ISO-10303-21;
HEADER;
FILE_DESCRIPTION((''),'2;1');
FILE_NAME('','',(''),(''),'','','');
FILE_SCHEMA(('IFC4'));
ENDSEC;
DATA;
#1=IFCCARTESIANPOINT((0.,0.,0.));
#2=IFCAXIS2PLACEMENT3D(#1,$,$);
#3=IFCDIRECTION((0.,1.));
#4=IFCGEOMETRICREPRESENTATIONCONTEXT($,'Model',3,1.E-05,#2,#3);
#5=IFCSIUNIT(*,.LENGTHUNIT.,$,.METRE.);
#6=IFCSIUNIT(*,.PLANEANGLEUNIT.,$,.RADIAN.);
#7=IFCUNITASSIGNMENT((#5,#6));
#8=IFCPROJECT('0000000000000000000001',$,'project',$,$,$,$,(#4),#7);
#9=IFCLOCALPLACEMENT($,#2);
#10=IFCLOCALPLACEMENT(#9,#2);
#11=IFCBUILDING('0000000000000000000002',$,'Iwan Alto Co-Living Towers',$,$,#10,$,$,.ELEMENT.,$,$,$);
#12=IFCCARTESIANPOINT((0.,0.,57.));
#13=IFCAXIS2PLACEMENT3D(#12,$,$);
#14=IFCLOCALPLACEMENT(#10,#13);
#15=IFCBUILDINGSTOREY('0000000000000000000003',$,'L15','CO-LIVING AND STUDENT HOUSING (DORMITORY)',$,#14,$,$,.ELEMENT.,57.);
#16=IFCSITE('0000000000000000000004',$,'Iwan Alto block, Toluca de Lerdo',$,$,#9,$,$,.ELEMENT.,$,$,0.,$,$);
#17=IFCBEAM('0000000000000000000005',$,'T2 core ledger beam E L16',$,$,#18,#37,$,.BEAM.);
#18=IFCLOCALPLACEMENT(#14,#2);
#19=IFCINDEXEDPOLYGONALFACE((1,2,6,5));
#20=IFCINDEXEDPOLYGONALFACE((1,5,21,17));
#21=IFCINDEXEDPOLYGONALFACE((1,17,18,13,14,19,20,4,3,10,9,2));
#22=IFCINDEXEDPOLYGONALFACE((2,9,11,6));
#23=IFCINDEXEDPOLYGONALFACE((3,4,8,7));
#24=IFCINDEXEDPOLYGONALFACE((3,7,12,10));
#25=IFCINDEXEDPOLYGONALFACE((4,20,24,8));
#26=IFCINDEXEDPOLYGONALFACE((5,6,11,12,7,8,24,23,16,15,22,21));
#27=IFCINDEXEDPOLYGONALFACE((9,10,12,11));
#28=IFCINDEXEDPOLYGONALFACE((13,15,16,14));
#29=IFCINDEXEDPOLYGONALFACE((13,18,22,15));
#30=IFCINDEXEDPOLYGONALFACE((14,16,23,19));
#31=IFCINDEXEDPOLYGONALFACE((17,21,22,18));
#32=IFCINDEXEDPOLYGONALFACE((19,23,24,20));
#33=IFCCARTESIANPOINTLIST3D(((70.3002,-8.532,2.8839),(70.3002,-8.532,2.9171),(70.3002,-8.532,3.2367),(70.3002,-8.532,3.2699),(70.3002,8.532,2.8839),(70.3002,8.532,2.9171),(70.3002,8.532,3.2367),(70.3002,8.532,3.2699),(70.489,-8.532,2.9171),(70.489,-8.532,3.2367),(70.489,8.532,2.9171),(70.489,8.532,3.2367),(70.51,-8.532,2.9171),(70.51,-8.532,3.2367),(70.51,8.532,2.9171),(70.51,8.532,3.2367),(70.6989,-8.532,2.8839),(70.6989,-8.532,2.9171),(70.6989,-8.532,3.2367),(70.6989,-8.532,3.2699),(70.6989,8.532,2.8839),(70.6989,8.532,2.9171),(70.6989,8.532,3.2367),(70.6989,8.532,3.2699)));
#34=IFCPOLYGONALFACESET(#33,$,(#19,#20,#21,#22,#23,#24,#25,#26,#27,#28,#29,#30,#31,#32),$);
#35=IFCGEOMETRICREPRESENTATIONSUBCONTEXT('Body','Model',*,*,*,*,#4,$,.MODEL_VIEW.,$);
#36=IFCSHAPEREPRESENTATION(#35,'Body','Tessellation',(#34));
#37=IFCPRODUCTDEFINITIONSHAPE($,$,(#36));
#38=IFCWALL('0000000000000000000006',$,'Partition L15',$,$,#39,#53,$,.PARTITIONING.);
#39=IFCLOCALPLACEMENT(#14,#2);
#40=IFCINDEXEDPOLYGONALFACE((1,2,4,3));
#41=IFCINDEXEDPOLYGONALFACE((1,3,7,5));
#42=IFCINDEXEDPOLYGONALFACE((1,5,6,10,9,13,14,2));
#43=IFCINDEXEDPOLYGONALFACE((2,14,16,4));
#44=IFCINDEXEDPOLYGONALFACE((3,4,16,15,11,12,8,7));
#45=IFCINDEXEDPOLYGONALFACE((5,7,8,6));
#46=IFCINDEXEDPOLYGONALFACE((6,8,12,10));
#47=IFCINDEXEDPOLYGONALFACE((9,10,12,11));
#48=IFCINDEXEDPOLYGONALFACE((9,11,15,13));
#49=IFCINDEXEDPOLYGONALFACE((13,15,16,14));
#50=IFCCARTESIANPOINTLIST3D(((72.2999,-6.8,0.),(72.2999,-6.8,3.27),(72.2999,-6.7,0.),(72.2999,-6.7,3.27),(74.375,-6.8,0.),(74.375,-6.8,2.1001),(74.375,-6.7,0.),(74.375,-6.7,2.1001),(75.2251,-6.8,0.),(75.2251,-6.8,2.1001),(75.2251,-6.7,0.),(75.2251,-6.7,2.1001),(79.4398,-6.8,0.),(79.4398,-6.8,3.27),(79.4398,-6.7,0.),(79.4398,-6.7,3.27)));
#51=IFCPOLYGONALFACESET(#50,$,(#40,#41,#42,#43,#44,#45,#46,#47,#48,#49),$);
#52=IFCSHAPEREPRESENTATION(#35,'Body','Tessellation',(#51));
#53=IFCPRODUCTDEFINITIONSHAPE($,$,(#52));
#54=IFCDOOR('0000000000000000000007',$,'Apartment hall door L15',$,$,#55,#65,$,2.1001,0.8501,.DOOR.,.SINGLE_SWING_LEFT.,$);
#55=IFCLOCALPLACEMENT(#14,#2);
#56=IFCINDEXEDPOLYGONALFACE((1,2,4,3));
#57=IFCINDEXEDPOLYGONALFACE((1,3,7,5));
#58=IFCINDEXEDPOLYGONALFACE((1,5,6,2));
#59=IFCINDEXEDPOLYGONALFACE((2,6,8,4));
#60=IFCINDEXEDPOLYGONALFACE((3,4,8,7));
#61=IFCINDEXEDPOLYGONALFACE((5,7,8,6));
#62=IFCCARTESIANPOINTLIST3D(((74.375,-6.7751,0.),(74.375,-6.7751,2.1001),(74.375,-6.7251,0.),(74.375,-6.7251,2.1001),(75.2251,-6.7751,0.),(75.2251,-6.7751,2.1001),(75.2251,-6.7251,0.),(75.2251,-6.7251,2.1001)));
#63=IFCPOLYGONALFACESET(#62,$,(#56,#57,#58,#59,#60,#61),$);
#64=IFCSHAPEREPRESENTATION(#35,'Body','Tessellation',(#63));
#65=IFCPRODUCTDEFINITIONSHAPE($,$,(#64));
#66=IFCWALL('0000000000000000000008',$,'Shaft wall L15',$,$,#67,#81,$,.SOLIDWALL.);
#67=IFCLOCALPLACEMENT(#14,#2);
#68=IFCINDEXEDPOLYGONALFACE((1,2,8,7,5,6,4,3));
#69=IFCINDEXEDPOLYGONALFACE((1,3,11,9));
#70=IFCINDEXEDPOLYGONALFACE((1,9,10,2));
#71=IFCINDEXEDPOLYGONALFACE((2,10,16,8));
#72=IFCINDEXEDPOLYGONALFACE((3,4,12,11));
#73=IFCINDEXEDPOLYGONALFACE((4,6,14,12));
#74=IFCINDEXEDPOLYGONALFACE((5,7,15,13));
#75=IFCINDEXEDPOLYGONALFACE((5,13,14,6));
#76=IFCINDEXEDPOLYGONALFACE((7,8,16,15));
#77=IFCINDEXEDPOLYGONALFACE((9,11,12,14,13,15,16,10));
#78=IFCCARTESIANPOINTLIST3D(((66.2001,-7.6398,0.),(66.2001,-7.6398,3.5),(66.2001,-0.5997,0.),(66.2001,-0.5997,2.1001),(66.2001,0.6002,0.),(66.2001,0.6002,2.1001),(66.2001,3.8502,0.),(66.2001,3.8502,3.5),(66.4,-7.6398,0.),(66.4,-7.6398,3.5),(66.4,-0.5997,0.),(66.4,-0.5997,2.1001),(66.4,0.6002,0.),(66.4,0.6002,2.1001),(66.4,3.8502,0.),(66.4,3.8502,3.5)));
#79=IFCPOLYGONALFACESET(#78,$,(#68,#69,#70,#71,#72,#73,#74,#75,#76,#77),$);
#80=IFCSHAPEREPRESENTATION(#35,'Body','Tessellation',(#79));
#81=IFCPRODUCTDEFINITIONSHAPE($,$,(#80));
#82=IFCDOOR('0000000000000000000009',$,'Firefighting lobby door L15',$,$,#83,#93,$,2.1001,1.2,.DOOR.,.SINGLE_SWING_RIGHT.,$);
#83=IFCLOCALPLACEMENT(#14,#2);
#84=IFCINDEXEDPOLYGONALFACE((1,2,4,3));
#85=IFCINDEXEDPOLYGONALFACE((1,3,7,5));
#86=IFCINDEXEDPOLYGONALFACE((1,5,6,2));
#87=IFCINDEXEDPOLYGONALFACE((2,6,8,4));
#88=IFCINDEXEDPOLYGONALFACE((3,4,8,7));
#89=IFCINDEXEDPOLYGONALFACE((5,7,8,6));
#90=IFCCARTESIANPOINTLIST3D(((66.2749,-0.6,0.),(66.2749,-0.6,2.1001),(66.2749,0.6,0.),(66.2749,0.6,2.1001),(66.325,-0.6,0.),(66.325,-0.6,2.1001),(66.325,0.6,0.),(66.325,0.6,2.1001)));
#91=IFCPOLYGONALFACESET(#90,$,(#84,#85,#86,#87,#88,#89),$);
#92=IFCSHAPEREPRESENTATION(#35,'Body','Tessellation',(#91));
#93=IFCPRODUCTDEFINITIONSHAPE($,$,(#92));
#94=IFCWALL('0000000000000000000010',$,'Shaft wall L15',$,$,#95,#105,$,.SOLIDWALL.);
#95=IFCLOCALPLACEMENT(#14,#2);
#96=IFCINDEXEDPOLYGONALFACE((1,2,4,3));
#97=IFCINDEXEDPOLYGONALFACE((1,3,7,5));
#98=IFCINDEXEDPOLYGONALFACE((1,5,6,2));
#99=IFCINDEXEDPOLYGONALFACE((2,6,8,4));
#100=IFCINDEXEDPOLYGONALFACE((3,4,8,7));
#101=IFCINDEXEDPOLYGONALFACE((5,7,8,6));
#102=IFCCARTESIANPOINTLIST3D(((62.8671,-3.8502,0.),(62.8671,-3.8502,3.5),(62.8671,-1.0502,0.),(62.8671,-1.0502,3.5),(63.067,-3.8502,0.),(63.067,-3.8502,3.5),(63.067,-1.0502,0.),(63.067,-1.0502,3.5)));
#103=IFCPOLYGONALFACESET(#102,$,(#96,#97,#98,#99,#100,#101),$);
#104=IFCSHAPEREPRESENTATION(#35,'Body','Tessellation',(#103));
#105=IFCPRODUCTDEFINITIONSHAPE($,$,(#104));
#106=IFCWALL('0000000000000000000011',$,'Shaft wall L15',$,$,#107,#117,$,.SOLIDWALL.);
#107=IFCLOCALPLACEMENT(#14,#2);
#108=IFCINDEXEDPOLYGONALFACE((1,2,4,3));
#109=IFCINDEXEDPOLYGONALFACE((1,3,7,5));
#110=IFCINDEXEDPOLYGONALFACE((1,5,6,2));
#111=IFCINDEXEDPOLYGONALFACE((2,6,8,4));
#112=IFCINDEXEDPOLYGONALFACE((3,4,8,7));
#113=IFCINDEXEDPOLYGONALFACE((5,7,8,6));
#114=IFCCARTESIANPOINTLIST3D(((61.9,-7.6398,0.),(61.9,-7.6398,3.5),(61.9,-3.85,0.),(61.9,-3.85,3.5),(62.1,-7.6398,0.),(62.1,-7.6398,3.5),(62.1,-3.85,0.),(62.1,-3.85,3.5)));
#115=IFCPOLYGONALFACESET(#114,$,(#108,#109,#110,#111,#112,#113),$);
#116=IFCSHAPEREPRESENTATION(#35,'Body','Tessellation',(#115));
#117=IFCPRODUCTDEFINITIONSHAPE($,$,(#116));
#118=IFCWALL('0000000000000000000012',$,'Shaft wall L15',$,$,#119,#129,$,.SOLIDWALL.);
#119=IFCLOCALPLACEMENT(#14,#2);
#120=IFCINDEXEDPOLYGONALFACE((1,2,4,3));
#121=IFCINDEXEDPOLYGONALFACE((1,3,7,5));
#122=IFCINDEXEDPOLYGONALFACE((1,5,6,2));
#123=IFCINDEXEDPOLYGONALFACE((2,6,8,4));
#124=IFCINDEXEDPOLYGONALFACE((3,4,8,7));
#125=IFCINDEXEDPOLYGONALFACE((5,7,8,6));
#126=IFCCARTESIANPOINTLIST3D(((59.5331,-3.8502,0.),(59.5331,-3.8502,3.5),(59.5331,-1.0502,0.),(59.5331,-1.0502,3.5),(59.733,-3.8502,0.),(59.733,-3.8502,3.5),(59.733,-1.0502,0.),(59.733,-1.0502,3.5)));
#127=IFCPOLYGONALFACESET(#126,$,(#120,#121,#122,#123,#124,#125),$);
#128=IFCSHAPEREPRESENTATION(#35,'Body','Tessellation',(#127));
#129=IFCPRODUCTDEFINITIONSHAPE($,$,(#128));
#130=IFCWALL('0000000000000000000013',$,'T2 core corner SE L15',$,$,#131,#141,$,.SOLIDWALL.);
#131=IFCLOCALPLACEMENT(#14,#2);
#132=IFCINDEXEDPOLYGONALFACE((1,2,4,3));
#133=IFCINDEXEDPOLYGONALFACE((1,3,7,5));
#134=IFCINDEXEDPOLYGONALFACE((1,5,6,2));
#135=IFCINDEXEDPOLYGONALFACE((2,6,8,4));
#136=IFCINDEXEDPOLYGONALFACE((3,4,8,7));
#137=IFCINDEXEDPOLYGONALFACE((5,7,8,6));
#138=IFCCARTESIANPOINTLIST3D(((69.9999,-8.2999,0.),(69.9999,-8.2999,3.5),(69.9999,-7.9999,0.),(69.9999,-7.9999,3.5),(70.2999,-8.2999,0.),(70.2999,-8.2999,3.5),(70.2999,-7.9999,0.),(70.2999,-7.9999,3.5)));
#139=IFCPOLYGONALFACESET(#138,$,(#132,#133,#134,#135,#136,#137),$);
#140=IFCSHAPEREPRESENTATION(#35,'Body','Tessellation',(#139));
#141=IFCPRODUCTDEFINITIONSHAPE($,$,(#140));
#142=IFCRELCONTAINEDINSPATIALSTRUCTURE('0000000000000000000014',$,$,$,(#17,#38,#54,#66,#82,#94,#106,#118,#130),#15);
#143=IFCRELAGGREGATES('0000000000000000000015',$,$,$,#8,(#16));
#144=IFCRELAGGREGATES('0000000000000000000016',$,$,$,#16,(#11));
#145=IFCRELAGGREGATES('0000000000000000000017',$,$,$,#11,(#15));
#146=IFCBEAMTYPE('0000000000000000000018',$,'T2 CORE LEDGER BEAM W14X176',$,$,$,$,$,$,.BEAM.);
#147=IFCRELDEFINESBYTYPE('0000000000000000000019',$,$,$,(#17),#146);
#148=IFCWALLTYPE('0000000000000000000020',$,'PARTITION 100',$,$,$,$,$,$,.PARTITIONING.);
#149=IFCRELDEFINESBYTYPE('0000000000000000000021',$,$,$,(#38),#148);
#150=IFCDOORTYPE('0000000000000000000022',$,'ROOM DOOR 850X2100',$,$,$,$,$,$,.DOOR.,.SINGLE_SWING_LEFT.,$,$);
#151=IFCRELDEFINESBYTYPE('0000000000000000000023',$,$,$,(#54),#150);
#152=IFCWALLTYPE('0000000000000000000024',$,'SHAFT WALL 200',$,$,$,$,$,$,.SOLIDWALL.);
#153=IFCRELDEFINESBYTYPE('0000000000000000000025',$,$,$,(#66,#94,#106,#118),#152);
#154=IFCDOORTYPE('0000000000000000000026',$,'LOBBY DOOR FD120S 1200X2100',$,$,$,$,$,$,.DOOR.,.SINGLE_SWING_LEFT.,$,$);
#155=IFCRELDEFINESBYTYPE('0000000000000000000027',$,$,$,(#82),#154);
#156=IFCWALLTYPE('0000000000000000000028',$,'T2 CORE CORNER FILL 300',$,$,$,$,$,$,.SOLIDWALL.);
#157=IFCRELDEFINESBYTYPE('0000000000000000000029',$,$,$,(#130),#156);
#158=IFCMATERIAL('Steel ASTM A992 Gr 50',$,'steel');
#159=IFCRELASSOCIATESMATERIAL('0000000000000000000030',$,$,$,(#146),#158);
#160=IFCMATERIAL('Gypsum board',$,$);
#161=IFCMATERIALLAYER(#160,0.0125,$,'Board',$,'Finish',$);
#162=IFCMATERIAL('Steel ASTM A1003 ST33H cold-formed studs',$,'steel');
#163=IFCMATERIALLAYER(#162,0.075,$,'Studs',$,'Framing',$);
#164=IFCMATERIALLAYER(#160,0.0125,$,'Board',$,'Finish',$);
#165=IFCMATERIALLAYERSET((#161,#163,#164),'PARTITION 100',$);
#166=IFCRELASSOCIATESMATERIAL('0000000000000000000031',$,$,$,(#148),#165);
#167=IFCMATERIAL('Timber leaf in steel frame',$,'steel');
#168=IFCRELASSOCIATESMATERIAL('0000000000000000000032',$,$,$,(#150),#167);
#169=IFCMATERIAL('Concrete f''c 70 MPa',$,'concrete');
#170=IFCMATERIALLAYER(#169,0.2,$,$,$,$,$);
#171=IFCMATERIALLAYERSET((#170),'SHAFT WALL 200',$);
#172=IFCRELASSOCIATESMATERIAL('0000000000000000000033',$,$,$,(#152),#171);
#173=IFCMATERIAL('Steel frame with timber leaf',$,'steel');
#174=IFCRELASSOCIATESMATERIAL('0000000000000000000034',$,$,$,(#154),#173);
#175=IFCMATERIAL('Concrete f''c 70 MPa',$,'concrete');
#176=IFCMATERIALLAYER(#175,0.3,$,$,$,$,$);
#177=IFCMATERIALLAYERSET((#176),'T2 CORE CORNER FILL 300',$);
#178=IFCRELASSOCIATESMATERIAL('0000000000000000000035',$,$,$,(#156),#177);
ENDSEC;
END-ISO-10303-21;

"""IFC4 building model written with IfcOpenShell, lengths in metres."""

from ifc_helpers import new_model, si_unit, direction, frame, frame_2d, origin, origin_2d, place, context, subcontext, project, spatial, rectangle, i_section, extrude, material, layer, layer_set, material_profile, profile_set, type_object, element, fill, save


model = new_model("IFC4")

# Units and contexts
model_context = context("Model", 3, precision=1e-05, world=origin(), true_north=direction((0.0, 1.0)))
body_context = subcontext(model_context, "Body", "Model", "MODEL_VIEW")
ifc_project = project(units=[si_unit("LENGTHUNIT", "METRE"), si_unit("PLANEANGLEUNIT", "RADIAN")], contexts=[model_context])

# Site, building, storey
site_placement = place(None, origin())
site = spatial("IfcSite", under=ifc_project, at=site_placement, Name="Iwan Alto block, Toluca de Lerdo", CompositionType="ELEMENT", RefElevation=0.0)
building_placement = place(site_placement, origin())
building = spatial("IfcBuilding", under=site, at=building_placement, Name="Iwan Alto Co-Living Towers", CompositionType="ELEMENT")
storey_placement = place(building_placement, frame((0.0, 0.0, 57.0)))
storey = spatial("IfcBuildingStorey", under=building, at=storey_placement, Name="L15", Description="CO-LIVING AND STUDENT HOUSING (DORMITORY)", CompositionType="ELEMENT", Elevation=57.0)

# Beam
ifc_material_1 = material(Name="Steel ASTM A992 Gr 50", Category="steel")
ifc_material_profile = material_profile(ifc_material_1, i_section(OverallWidth=0.3987, OverallDepth=0.386, WebThickness=0.021, FlangeThickness=0.0332, at=origin_2d()), Name="W14X176")
ifc_profile_set = profile_set([ifc_material_profile], Name="Steel ASTM A992 Gr 50")
beam_type = type_object("IfcBeamType", Name="T2 CORE LEDGER BEAM W14X176", PredefinedType="BEAM", material=ifc_profile_set)
beam_placement = place(storey_placement, frame((70.4995, -8.532, 3.0769), z_axis=(0.0, 1.0, 0.0), x_axis=(-1.0, 0.0, 0.0)))
element("IfcBeam", 1, at=beam_placement, inside=storey, type_object=beam_type, Name="T2 core ledger beam E L16", PredefinedType="BEAM", context=body_context, shape_type="SweptSolid", body=[
    extrude(i_section(OverallWidth=0.3987, OverallDepth=0.386, WebThickness=0.021, FlangeThickness=0.0332, at=origin_2d()), origin(), (0.0, 0.0, 1.0), 17.064),
])

# Walls, openings, doors
ifc_material_2 = material(Name="Gypsum board")
ifc_layer_1 = layer(ifc_material_2, 0.0125, Name="Board", Category="Finish")
ifc_material_3 = material(Name="Steel ASTM A1003 ST33H cold-formed studs", Category="steel")
ifc_layer_2 = layer(ifc_material_3, 0.075, Name="Studs", Category="Framing")
ifc_layer_3 = layer(ifc_material_2, 0.0125, Name="Board", Category="Finish")
ifc_layer_set_1 = layer_set([ifc_layer_1, ifc_layer_2, ifc_layer_3], Name="PARTITION 100")
wall_type_1 = type_object("IfcWallType", Name="PARTITION 100", PredefinedType="PARTITIONING", material=ifc_layer_set_1)
wall_1_placement = place(storey_placement, frame((72.3, -6.75, 0.0), z_axis=(0.0, 0.0, 1.0), x_axis=(1.0, 0.0, 0.0)))
wall_1 = element("IfcWall", 2, at=wall_1_placement, inside=storey, type_object=wall_type_1, Name="Partition L15", PredefinedType="PARTITIONING", context=body_context, shape_type="SweptSolid", body=[
    extrude(rectangle(XDim=7.1399, YDim=0.1001, at=frame_2d((3.5698, 0.0))), origin(), (0.0, 0.0, 1.0), 3.27),
])
opening_1_placement = place(wall_1_placement, frame((2.075, 0.0, 0.0)))
opening_1 = element("IfcOpeningElement", 3, at=opening_1_placement, cuts=wall_1, PredefinedType="OPENING", context=body_context, shape_type="SweptSolid", body=[
    extrude(rectangle(XDim=0.8501, YDim=2.1001, at=frame_2d((0.425, 1.05))), frame((0.0, 0.0601, 0.0), z_axis=(0.0, -1.0, 0.0), x_axis=(1.0, 0.0, 0.0)), (0.0, 0.0, 1.0), 0.1201),
])
ifc_material_4 = material(Name="Timber leaf in steel frame", Category="steel")
door_type_1 = type_object("IfcDoorType", Name="ROOM DOOR 850X2100", OperationType="SINGLE_SWING_LEFT", PredefinedType="DOOR", material=ifc_material_4)
door_1_placement = place(opening_1_placement, origin())
door_1 = element("IfcDoor", 4, at=door_1_placement, inside=storey, type_object=door_type_1, Name="Apartment hall door L15", OperationType="SINGLE_SWING_LEFT", OverallHeight=2.1001, OverallWidth=0.8501, PredefinedType="DOOR", context=body_context, shape_type="SweptSolid", body=[
    extrude(rectangle(XDim=0.8501, YDim=2.1001, at=frame_2d((0.425, 1.05))), frame((0.0, 0.0249, 0.0), z_axis=(0.0, -1.0, 0.0), x_axis=(1.0, 0.0, 0.0)), (0.0, 0.0, 1.0), 0.05),
])
fill(opening_1, door_1)
ifc_material_5 = material(Name="Concrete f'c 70 MPa", Category="concrete")
ifc_layer_4 = layer(ifc_material_5, 0.2)
ifc_layer_set_2 = layer_set([ifc_layer_4], Name="SHAFT WALL 200")
wall_type_2 = type_object("IfcWallType", Name="SHAFT WALL 200", PredefinedType="SOLIDWALL", material=ifc_layer_set_2)
wall_2_placement = place(storey_placement, frame((66.3, -7.6399, 0.0), z_axis=(0.0, 0.0, 1.0), x_axis=(0.0, 1.0, 0.0)))
wall_2 = element("IfcWall", 5, at=wall_2_placement, inside=storey, type_object=wall_type_2, Name="Shaft wall L15", PredefinedType="SOLIDWALL", context=body_context, shape_type="SweptSolid", body=[
    extrude(rectangle(XDim=11.49, YDim=0.2, at=frame_2d((5.7451, 0.0))), origin(), (0.0, 0.0, 1.0), 3.5),
])
opening_2_placement = place(wall_2_placement, frame((7.04, 0.0, 0.0)))
opening_2 = element("IfcOpeningElement", 6, at=opening_2_placement, cuts=wall_2, PredefinedType="OPENING", context=body_context, shape_type="SweptSolid", body=[
    extrude(rectangle(XDim=1.2, YDim=2.1001, at=frame_2d((0.6001, 1.05))), frame((0.0, 0.1099, 0.0), z_axis=(0.0, -1.0, 0.0), x_axis=(1.0, 0.0, 0.0)), (0.0, 0.0, 1.0), 0.22),
])
ifc_material_6 = material(Name="Steel frame with timber leaf", Category="steel")
door_type_2 = type_object("IfcDoorType", Name="LOBBY DOOR FD120S 1200X2100", OperationType="SINGLE_SWING_LEFT", PredefinedType="DOOR", material=ifc_material_6)
door_2_placement = place(opening_2_placement, frame((1.2, 0.0, 0.0), z_axis=(0.0, 0.0, 1.0), x_axis=(-1.0, 0.0, 0.0)))
door_2 = element("IfcDoor", 7, at=door_2_placement, inside=storey, type_object=door_type_2, Name="Firefighting lobby door L15", OperationType="SINGLE_SWING_RIGHT", OverallHeight=2.1001, OverallWidth=1.2, PredefinedType="DOOR", context=body_context, shape_type="SweptSolid", body=[
    extrude(rectangle(XDim=1.2, YDim=2.1001, at=frame_2d((0.6001, 1.05))), frame((0.0, 0.0249, 0.0), z_axis=(0.0, -1.0, 0.0), x_axis=(1.0, 0.0, 0.0)), (0.0, 0.0, 1.0), 0.05),
])
fill(opening_2, door_2)

# Walls
wall_3_placement = place(storey_placement, frame((62.967, -3.8501, 0.0), z_axis=(0.0, 0.0, 1.0), x_axis=(0.0, 1.0, 0.0)))
element("IfcWall", 8, at=wall_3_placement, inside=storey, type_object=wall_type_2, Name="Shaft wall L15", PredefinedType="SOLIDWALL", context=body_context, shape_type="SweptSolid", body=[
    extrude(rectangle(XDim=2.8, YDim=0.2, at=frame_2d((1.3999, 0.0))), origin(), (0.0, 0.0, 1.0), 3.5),
])
wall_4_placement = place(storey_placement, frame((62.0, -7.6399, 0.0), z_axis=(0.0, 0.0, 1.0), x_axis=(0.0, 1.0, 0.0)))
element("IfcWall", 9, at=wall_4_placement, inside=storey, type_object=wall_type_2, Name="Shaft wall L15", PredefinedType="SOLIDWALL", context=body_context, shape_type="SweptSolid", body=[
    extrude(rectangle(XDim=3.7898, YDim=0.2, at=frame_2d((1.895, 0.0))), origin(), (0.0, 0.0, 1.0), 3.5),
])
wall_5_placement = place(storey_placement, frame((59.6331, -3.8501, 0.0), z_axis=(0.0, 0.0, 1.0), x_axis=(0.0, 1.0, 0.0)))
element("IfcWall", 10, at=wall_5_placement, inside=storey, type_object=wall_type_2, Name="Shaft wall L15", PredefinedType="SOLIDWALL", context=body_context, shape_type="SweptSolid", body=[
    extrude(rectangle(XDim=2.8, YDim=0.2, at=frame_2d((1.3999, 0.0))), origin(), (0.0, 0.0, 1.0), 3.5),
])
ifc_material_7 = material(Name="Concrete f'c 70 MPa", Category="concrete")
ifc_layer_5 = layer(ifc_material_7, 0.3)
ifc_layer_set_3 = layer_set([ifc_layer_5], Name="T2 CORE CORNER FILL 300")
wall_type_3 = type_object("IfcWallType", Name="T2 CORE CORNER FILL 300", PredefinedType="SOLIDWALL", material=ifc_layer_set_3)
wall_6_placement = place(storey_placement, frame((70.0, -8.1499, 0.0), z_axis=(0.0, 0.0, 1.0), x_axis=(1.0, 0.0, 0.0)))
element("IfcWall", 11, at=wall_6_placement, inside=storey, type_object=wall_type_3, Name="T2 core corner SE L15", PredefinedType="SOLIDWALL", context=body_context, shape_type="SweptSolid", body=[
    extrude(rectangle(XDim=0.3, YDim=0.3, at=frame_2d((0.1499, 0.0))), origin(), (0.0, 0.0, 1.0), 3.5),
])

save(model, "model.ifc")
